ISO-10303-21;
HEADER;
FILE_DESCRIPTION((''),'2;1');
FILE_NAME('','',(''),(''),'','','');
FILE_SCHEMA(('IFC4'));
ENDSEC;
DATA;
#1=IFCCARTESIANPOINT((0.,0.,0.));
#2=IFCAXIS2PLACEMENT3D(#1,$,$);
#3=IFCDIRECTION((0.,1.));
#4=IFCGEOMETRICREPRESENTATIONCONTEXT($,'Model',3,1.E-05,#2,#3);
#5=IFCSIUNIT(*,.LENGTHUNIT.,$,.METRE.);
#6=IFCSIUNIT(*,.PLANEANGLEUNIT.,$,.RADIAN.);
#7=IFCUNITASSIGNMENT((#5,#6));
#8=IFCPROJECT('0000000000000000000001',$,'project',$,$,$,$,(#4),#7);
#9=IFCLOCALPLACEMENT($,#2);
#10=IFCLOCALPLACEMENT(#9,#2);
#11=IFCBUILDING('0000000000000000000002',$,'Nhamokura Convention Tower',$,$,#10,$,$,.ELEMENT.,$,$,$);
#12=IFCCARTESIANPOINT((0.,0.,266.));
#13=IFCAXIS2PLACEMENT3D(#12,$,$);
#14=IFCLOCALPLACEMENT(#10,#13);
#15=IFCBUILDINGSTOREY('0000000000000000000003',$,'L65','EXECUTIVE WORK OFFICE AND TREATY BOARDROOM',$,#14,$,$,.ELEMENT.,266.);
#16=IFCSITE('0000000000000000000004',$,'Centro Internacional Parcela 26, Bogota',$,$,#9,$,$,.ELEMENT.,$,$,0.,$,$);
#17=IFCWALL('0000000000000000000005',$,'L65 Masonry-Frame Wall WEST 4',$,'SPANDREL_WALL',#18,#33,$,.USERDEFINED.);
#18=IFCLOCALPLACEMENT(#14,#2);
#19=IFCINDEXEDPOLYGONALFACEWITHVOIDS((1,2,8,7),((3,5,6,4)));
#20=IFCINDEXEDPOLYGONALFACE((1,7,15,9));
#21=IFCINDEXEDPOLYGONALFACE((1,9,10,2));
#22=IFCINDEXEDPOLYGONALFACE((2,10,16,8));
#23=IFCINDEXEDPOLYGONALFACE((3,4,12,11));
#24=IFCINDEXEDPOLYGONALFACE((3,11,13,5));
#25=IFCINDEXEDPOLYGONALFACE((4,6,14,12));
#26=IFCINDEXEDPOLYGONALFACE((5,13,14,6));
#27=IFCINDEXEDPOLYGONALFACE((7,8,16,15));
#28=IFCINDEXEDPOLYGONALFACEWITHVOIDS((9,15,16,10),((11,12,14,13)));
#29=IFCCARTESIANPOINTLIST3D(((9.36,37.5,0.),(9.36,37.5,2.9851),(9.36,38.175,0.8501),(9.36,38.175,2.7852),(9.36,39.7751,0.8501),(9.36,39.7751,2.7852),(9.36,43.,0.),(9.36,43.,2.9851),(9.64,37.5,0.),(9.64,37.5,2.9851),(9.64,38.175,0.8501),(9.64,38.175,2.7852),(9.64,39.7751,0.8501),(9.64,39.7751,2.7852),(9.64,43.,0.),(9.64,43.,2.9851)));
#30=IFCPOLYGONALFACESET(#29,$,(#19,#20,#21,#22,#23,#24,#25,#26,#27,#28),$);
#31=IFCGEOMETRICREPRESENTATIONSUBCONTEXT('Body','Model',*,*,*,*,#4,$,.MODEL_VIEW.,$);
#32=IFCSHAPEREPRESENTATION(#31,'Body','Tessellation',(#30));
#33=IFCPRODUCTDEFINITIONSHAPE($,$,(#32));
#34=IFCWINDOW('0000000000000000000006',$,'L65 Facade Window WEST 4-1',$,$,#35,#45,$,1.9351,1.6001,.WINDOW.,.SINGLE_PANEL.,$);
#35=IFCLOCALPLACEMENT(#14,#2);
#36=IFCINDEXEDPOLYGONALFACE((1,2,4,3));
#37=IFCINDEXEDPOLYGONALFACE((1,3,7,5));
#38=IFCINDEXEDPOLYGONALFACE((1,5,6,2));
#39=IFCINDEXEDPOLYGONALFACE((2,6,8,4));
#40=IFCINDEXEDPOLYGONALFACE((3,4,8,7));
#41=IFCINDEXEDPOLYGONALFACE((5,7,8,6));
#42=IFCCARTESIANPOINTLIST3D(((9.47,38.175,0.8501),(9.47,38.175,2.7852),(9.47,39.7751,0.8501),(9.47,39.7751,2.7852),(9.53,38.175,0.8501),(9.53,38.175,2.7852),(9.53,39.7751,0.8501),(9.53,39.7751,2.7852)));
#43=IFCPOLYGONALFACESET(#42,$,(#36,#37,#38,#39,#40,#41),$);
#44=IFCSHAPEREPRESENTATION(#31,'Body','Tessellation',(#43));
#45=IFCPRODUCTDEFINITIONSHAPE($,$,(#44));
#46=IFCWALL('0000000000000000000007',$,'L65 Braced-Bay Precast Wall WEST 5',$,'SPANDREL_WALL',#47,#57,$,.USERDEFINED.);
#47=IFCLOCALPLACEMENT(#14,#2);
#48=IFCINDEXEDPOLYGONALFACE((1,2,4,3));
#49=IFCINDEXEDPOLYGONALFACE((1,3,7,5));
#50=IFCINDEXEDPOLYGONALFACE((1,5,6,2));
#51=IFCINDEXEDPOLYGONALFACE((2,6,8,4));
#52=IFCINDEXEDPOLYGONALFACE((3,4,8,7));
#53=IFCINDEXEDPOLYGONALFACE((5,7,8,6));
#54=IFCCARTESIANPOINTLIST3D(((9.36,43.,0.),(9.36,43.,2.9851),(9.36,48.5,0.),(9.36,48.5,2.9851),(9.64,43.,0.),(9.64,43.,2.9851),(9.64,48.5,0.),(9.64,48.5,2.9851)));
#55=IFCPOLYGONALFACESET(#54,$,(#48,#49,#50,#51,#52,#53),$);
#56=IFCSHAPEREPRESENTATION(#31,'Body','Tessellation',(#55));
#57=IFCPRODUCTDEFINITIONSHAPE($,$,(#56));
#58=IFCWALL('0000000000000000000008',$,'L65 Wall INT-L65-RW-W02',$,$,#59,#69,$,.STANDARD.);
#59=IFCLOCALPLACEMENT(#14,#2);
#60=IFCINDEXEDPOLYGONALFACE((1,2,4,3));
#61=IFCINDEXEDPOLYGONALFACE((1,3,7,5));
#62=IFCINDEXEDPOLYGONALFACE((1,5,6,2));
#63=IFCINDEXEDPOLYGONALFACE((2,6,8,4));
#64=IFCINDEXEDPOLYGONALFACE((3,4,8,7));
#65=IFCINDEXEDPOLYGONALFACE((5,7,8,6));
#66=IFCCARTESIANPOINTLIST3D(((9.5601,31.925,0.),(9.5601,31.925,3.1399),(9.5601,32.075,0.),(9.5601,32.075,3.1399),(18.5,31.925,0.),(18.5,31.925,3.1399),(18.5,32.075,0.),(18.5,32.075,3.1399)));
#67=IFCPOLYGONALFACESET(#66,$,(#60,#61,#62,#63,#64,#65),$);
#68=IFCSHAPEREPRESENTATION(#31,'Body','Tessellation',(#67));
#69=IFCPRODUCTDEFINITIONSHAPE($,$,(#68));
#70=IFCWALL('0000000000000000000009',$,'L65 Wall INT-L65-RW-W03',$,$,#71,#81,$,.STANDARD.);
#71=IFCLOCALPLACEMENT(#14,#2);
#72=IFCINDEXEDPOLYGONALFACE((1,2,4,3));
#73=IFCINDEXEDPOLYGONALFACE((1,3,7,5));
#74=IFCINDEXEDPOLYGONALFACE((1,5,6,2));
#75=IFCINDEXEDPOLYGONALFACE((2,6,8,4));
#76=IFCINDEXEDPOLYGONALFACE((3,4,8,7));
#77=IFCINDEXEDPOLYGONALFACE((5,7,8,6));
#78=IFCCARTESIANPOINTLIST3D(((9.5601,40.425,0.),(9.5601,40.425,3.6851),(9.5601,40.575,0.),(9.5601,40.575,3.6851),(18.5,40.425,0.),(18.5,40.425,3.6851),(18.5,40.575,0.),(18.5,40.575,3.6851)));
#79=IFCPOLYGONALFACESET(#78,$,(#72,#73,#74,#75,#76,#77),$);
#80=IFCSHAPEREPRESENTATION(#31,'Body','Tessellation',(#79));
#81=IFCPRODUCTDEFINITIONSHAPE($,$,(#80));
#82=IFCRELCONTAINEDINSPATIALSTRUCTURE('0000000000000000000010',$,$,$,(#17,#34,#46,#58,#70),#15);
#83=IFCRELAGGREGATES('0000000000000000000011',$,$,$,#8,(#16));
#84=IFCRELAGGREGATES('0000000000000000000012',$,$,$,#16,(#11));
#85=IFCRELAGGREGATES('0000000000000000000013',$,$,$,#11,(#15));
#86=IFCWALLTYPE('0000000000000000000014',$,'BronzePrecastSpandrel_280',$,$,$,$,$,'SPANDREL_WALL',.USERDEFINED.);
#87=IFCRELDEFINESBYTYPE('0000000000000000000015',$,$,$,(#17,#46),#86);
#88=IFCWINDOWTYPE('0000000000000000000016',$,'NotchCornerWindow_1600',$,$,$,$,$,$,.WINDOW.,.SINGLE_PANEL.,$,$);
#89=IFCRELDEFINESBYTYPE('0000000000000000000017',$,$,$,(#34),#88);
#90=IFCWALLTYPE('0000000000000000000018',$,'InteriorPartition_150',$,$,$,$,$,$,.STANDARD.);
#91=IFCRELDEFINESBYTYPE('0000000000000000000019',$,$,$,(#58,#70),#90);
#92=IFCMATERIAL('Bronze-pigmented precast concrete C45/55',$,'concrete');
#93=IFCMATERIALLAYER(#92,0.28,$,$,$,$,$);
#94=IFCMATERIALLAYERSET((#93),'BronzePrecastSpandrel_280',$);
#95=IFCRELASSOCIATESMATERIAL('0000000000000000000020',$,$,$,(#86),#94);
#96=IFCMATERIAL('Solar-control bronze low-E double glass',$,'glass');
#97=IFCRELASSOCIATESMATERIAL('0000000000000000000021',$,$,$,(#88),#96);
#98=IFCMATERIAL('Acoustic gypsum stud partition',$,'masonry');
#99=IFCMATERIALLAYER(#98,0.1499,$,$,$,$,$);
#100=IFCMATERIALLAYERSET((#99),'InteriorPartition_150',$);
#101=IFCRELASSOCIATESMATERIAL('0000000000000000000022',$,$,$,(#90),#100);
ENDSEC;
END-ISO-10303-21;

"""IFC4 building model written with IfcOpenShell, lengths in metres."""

from ifc_helpers import new_model, si_unit, direction, frame, frame_2d, origin, place, context, subcontext, project, spatial, rectangle, extrude, material, layer, layer_set, type_object, element, fill, save


model = new_model("IFC4")

# Units and contexts
model_context = context("Model", 3, precision=1e-05, world=origin(), true_north=direction((0.0, 1.0)))
body_context = subcontext(model_context, "Body", "Model", "MODEL_VIEW")
ifc_project = project(units=[si_unit("LENGTHUNIT", "METRE"), si_unit("PLANEANGLEUNIT", "RADIAN")], contexts=[model_context])

# Site, building, storey
site_placement = place(None, origin())
site = spatial("IfcSite", under=ifc_project, at=site_placement, Name="Centro Internacional Parcela 26, Bogota", CompositionType="ELEMENT", RefElevation=0.0)
building_placement = place(site_placement, origin())
building = spatial("IfcBuilding", under=site, at=building_placement, Name="Nhamokura Convention Tower", CompositionType="ELEMENT")
storey_placement = place(building_placement, frame((0.0, 0.0, 266.0)))
storey = spatial("IfcBuildingStorey", under=building, at=storey_placement, Name="L65", Description="EXECUTIVE WORK OFFICE AND TREATY BOARDROOM", CompositionType="ELEMENT", Elevation=266.0)

# Wall, opening, window
ifc_material_1 = material(Name="Bronze-pigmented precast concrete C45/55", Category="concrete")
ifc_layer_1 = layer(ifc_material_1, 0.28)
ifc_layer_set_1 = layer_set([ifc_layer_1], Name="BronzePrecastSpandrel_280")
wall_type_1 = type_object("IfcWallType", Name="BronzePrecastSpandrel_280", ElementType="SPANDREL_WALL", PredefinedType="USERDEFINED", material=ifc_layer_set_1)
wall_1_placement = place(storey_placement, frame((9.5, 37.5, 0.0), z_axis=(0.0, 0.0, 1.0), x_axis=(0.0, 1.0, 0.0)))
wall_1 = element("IfcWall", 1, at=wall_1_placement, inside=storey, type_object=wall_type_1, Name="L65 Masonry-Frame Wall WEST 4", ObjectType="SPANDREL_WALL", PredefinedType="USERDEFINED", context=body_context, shape_type="SweptSolid", body=[
    extrude(rectangle(XDim=5.5, YDim=0.28, at=frame_2d((2.75, 0.0))), origin(), (0.0, 0.0, 1.0), 2.9851),
])
opening_1_placement = place(wall_1_placement, frame((0.675, 0.0, 0.8501)))
opening_1 = element("IfcOpeningElement", 2, at=opening_1_placement, cuts=wall_1, PredefinedType="OPENING", context=body_context, shape_type="SweptSolid", body=[
    extrude(rectangle(XDim=1.6001, YDim=1.9351, at=frame_2d((0.8, 0.9675))), frame((0.0, 0.1499, 0.0), z_axis=(0.0, -1.0, 0.0), x_axis=(1.0, 0.0, 0.0)), (0.0, 0.0, 1.0), 0.3),
])
ifc_material_2 = material(Name="Solar-control bronze low-E double glass", Category="glass")
window_type_1 = type_object("IfcWindowType", Name="NotchCornerWindow_1600", PartitioningType="SINGLE_PANEL", PredefinedType="WINDOW", material=ifc_material_2)
window_1_placement = place(opening_1_placement, origin())
window_1 = element("IfcWindow", 3, at=window_1_placement, inside=storey, type_object=window_type_1, Name="L65 Facade Window WEST 4-1", OverallHeight=1.9351, OverallWidth=1.6001, PartitioningType="SINGLE_PANEL", PredefinedType="WINDOW", context=body_context, shape_type="SweptSolid", body=[
    extrude(rectangle(XDim=1.6001, YDim=1.9351, at=frame_2d((0.8, 0.9675))), frame((0.0, 0.03, 0.0), z_axis=(0.0, -1.0, 0.0), x_axis=(1.0, 0.0, 0.0)), (0.0, 0.0, 1.0), 0.0601),
])
fill(opening_1, window_1)

# Walls
wall_2_placement = place(storey_placement, frame((9.5, 43.0, 0.0), z_axis=(0.0, 0.0, 1.0), x_axis=(0.0, 1.0, 0.0)))
element("IfcWall", 4, at=wall_2_placement, inside=storey, type_object=wall_type_1, Name="L65 Braced-Bay Precast Wall WEST 5", ObjectType="SPANDREL_WALL", PredefinedType="USERDEFINED", context=body_context, shape_type="SweptSolid", body=[
    extrude(rectangle(XDim=5.5, YDim=0.28, at=frame_2d((2.75, 0.0))), origin(), (0.0, 0.0, 1.0), 2.9851),
])
ifc_material_3 = material(Name="Acoustic gypsum stud partition", Category="masonry")
ifc_layer_2 = layer(ifc_material_3, 0.1499)
ifc_layer_set_2 = layer_set([ifc_layer_2], Name="InteriorPartition_150")
wall_type_2 = type_object("IfcWallType", Name="InteriorPartition_150", PredefinedType="STANDARD", material=ifc_layer_set_2)
wall_3_placement = place(storey_placement, frame((9.5601, 32.0, 0.0), z_axis=(0.0, 0.0, 1.0), x_axis=(1.0, 0.0, 0.0)))
element("IfcWall", 5, at=wall_3_placement, inside=storey, type_object=wall_type_2, Name="L65 Wall INT-L65-RW-W02", PredefinedType="STANDARD", context=body_context, shape_type="SweptSolid", body=[
    extrude(rectangle(XDim=8.9399, YDim=0.1499, at=frame_2d((4.47, 0.0))), origin(), (0.0, 0.0, 1.0), 3.1399),
])
wall_4_placement = place(storey_placement, frame((9.5601, 40.5, 0.0), z_axis=(0.0, 0.0, 1.0), x_axis=(1.0, 0.0, 0.0)))
element("IfcWall", 6, at=wall_4_placement, inside=storey, type_object=wall_type_2, Name="L65 Wall INT-L65-RW-W03", PredefinedType="STANDARD", context=body_context, shape_type="SweptSolid", body=[
    extrude(rectangle(XDim=8.9399, YDim=0.1499, at=frame_2d((4.47, 0.0))), origin(), (0.0, 0.0, 1.0), 3.6851),
])

save(model, "model.ifc")
